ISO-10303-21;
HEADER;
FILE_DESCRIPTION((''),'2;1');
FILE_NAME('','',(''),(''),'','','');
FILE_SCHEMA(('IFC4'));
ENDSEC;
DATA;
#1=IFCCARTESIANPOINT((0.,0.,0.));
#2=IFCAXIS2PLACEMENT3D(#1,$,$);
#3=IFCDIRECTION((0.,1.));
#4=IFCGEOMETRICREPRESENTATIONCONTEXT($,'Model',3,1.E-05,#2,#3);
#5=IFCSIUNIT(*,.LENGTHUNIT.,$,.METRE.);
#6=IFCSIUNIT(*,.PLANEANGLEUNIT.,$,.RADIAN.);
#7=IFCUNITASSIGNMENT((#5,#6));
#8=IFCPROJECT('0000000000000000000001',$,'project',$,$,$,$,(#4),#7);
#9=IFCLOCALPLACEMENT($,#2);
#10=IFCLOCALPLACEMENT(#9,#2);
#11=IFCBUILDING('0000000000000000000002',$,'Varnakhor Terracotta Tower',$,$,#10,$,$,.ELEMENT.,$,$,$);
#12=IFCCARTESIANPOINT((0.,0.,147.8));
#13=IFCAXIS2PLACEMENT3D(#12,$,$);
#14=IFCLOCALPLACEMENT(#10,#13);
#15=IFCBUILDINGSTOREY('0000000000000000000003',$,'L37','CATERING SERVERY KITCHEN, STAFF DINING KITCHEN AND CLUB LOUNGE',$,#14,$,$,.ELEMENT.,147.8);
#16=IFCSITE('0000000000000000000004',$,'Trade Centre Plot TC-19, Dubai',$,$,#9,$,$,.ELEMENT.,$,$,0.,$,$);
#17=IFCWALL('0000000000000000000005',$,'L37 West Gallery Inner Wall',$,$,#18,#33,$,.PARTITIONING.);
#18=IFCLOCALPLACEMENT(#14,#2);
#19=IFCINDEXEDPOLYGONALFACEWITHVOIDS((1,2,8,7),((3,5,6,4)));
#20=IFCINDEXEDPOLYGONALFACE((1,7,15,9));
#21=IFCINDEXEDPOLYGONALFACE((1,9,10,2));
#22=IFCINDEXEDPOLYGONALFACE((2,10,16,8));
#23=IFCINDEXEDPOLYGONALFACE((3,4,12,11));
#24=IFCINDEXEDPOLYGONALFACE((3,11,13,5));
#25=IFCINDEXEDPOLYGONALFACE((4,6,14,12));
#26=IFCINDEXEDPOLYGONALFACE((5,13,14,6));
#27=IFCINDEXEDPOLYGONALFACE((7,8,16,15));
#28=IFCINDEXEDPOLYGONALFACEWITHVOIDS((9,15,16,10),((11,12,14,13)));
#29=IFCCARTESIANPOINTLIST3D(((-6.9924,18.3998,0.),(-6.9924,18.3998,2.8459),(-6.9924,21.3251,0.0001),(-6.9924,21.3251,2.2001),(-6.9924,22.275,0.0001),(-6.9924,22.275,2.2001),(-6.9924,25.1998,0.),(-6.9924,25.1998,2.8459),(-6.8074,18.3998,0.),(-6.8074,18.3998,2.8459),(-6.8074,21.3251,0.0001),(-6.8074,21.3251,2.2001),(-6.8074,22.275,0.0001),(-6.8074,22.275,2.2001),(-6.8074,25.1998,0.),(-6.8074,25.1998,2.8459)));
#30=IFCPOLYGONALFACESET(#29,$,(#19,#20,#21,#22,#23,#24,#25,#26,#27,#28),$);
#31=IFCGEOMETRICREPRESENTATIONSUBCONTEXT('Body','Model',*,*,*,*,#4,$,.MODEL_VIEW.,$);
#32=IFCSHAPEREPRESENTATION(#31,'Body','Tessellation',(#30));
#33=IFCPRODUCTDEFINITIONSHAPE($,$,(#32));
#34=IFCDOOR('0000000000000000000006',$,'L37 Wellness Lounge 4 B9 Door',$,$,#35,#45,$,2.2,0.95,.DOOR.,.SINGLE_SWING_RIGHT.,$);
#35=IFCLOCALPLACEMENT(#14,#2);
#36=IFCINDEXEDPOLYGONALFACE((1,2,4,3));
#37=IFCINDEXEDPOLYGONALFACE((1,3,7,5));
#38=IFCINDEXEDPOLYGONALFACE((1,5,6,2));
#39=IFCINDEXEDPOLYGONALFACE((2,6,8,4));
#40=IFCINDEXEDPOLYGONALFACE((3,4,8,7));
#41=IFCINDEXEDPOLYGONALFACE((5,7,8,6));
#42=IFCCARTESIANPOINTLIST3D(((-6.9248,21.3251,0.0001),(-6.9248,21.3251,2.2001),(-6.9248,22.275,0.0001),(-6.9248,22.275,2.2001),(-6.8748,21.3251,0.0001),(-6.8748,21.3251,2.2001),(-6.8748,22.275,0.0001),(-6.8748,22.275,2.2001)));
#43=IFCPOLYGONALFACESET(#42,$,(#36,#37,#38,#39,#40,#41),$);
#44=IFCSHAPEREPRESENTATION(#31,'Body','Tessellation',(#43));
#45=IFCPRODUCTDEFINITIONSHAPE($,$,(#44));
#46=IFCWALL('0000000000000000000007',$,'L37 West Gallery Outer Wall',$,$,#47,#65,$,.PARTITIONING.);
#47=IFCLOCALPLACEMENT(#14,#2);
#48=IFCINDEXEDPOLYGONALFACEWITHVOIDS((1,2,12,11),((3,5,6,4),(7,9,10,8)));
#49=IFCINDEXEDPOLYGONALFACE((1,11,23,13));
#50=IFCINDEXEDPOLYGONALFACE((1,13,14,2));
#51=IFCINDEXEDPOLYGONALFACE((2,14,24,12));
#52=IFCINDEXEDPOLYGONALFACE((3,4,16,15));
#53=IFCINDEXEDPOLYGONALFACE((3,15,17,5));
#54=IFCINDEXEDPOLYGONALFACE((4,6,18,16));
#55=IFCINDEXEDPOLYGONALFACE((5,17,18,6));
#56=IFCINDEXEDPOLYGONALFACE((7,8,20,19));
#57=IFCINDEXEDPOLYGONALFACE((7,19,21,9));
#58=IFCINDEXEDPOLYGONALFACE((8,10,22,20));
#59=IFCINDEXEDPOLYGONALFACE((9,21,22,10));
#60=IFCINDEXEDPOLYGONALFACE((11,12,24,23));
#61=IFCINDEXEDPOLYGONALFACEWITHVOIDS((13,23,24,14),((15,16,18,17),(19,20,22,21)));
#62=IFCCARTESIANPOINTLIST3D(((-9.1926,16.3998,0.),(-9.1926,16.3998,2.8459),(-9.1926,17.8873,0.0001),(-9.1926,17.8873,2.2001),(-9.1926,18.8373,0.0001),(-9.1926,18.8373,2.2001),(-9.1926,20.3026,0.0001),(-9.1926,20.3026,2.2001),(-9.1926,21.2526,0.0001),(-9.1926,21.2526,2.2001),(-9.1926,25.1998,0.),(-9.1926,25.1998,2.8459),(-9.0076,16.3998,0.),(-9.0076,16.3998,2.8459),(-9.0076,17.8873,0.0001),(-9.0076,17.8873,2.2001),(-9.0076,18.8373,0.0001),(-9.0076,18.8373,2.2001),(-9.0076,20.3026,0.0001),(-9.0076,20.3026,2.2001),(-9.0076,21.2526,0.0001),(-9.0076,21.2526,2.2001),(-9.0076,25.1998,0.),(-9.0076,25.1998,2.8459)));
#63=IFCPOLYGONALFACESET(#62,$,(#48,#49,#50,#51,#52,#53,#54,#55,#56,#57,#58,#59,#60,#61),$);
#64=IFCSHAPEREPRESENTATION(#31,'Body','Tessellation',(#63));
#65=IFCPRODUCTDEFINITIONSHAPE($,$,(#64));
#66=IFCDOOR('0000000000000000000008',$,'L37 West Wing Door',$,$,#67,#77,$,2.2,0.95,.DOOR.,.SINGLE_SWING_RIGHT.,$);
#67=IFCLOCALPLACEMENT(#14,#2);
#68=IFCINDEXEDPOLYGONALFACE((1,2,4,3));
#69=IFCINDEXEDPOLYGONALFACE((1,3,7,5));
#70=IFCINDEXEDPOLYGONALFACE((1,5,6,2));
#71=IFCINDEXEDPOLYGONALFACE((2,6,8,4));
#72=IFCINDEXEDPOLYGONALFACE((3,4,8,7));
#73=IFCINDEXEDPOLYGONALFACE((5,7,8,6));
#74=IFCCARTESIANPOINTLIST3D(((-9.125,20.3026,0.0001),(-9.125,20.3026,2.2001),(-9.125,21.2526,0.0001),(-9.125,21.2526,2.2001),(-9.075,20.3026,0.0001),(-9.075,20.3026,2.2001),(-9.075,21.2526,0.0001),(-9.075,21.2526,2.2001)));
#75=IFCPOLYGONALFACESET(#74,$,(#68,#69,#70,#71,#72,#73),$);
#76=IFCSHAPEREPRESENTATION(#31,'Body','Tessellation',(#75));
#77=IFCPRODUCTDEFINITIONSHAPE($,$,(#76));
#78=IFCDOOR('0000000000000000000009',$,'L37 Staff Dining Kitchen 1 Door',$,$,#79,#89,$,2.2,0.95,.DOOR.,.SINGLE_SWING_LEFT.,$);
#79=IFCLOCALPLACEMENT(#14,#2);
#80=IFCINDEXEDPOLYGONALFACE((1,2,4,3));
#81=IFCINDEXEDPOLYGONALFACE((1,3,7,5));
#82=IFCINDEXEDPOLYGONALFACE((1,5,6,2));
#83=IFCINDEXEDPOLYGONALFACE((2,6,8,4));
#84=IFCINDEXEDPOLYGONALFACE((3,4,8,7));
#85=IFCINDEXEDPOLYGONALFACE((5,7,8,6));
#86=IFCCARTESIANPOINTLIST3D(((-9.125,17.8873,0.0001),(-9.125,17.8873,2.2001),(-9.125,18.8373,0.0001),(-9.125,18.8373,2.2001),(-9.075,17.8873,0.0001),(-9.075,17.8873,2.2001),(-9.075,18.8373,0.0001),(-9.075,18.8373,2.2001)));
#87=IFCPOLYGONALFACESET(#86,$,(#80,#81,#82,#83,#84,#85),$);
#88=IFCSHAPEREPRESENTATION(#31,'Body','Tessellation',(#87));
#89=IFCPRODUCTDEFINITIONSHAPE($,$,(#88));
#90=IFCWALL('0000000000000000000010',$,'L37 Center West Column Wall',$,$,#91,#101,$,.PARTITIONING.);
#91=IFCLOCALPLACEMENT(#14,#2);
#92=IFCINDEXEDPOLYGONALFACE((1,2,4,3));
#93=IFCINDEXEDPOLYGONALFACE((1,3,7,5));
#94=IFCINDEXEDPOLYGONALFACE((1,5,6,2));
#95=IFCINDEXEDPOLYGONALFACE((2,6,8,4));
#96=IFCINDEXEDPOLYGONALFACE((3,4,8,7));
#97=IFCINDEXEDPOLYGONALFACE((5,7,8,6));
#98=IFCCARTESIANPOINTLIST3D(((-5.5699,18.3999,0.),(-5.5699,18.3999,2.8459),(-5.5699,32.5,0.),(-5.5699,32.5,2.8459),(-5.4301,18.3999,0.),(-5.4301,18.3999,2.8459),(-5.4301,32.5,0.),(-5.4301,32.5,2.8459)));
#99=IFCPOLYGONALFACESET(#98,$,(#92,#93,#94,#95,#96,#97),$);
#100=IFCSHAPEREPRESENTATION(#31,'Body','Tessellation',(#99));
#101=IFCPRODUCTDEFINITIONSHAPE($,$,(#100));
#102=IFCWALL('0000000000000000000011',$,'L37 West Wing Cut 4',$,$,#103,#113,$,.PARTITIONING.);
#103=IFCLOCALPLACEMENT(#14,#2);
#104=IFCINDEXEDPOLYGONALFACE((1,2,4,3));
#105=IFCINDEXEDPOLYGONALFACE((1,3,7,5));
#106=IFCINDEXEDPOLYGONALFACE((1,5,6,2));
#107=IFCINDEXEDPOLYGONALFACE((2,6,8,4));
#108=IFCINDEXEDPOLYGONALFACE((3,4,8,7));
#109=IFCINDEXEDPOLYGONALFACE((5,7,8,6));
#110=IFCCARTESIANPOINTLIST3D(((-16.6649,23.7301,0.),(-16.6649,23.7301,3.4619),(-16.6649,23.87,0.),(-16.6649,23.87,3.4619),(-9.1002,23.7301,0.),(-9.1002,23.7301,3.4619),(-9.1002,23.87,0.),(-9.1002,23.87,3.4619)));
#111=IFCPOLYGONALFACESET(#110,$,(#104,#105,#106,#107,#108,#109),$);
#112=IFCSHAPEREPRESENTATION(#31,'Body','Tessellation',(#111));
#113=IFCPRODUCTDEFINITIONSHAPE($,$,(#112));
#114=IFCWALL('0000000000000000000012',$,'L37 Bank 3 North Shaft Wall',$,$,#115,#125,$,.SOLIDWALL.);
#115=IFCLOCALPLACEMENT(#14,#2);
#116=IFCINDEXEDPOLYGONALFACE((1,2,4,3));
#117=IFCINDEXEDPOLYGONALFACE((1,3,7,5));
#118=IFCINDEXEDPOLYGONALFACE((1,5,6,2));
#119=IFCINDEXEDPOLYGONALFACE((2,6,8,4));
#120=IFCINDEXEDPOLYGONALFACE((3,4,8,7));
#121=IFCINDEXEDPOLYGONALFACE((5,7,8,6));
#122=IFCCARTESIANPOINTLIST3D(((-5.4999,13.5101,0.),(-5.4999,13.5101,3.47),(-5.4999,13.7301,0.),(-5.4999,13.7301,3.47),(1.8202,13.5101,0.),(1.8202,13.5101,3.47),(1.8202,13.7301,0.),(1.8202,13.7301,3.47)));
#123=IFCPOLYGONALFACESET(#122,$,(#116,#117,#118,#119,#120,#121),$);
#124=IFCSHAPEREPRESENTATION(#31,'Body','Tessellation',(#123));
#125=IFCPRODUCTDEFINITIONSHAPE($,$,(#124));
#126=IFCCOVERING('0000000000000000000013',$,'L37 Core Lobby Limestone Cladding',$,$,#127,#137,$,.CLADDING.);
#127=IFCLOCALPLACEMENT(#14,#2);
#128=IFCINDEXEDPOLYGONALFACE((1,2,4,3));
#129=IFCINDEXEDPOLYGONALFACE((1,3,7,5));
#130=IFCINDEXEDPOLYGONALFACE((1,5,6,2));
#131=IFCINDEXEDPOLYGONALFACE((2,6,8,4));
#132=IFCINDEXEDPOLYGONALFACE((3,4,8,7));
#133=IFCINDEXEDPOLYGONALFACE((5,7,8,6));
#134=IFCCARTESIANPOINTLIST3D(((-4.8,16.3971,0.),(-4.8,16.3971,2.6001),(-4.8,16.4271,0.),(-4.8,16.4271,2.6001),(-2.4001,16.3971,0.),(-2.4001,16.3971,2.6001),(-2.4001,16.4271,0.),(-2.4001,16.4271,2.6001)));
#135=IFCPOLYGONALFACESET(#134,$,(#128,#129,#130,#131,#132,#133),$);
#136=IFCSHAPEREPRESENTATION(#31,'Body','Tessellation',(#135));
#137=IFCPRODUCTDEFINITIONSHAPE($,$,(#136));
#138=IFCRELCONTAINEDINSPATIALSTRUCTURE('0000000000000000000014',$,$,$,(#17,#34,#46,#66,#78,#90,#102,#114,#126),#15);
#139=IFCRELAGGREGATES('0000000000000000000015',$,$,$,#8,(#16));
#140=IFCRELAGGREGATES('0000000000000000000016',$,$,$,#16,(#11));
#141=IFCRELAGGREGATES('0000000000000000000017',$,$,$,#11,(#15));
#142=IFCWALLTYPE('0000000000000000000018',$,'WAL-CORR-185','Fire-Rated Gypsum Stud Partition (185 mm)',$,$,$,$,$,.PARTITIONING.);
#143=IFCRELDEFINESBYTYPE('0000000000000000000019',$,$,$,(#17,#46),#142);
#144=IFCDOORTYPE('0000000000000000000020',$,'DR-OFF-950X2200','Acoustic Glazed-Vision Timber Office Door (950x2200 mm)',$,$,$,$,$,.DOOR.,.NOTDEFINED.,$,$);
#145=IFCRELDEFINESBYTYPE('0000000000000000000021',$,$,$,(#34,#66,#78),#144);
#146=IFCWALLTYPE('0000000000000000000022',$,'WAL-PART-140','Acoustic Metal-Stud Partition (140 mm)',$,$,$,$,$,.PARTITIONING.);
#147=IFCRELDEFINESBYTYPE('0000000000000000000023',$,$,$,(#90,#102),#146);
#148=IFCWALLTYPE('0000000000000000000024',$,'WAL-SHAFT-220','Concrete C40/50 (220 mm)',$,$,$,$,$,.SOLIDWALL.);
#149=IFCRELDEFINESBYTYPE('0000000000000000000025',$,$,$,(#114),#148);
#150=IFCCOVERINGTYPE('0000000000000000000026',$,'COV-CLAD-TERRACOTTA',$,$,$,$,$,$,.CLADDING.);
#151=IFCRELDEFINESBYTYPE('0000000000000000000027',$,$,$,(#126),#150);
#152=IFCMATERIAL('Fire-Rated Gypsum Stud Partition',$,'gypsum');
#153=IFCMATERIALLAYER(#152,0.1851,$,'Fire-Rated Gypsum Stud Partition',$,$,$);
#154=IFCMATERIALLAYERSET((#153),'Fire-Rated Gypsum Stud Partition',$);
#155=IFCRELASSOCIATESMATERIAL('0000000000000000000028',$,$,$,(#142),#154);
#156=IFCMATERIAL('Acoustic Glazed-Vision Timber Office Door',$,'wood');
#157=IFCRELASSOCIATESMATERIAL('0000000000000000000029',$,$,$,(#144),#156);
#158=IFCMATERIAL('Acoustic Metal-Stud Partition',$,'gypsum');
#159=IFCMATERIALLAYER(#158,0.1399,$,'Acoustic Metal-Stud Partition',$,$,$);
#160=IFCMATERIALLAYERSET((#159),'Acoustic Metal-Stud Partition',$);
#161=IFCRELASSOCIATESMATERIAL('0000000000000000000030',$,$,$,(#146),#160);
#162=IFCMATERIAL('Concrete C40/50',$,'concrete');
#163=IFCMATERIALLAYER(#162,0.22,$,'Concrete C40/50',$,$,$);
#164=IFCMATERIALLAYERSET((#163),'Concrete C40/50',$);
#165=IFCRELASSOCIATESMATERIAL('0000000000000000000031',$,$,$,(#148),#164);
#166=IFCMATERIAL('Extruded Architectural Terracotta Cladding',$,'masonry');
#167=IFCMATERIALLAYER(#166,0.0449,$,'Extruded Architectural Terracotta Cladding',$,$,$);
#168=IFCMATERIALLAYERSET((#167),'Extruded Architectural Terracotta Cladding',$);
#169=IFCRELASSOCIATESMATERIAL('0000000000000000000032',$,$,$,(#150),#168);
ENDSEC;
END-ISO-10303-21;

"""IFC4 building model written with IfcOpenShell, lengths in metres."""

from ifc_helpers import new_model, si_unit, direction, frame, frame_2d, origin, origin_2d, place, context, subcontext, project, spatial, rectangle, extrude, source, transform, mapped, material, layer, layer_set, type_object, type_shapes, element, fill, save


model = new_model("IFC4")

# Units and contexts
model_context = context("Model", 3, precision=1e-05, world=origin(), true_north=direction((0.0, 1.0)))
body_context = subcontext(model_context, "Body", "Model", "MODEL_VIEW")
ifc_project = project(units=[si_unit("LENGTHUNIT", "METRE"), si_unit("PLANEANGLEUNIT", "RADIAN")], contexts=[model_context])

# Site, building, storey
site_placement = place(None, origin())
site = spatial("IfcSite", under=ifc_project, at=site_placement, Name="Trade Centre Plot TC-19, Dubai", CompositionType="ELEMENT", RefElevation=0.0)
building_placement = place(site_placement, origin())
building = spatial("IfcBuilding", under=site, at=building_placement, Name="Varnakhor Terracotta Tower", CompositionType="ELEMENT")
storey_placement = place(building_placement, frame((0.0, 0.0, 147.8)))
storey = spatial("IfcBuildingStorey", under=building, at=storey_placement, Name="L37", Description="CATERING SERVERY KITCHEN, STAFF DINING KITCHEN AND CLUB LOUNGE", CompositionType="ELEMENT", Elevation=147.8)

# Wall, opening, door
ifc_material_1 = material(Name="Fire-Rated Gypsum Stud Partition", Category="gypsum")
ifc_layer_1 = layer(ifc_material_1, 0.1851, Name="Fire-Rated Gypsum Stud Partition")
ifc_layer_set_1 = layer_set([ifc_layer_1], Name="Fire-Rated Gypsum Stud Partition")
wall_type_1 = type_object("IfcWallType", Name="WAL-CORR-185", Description="Fire-Rated Gypsum Stud Partition (185 mm)", PredefinedType="PARTITIONING", material=ifc_layer_set_1)
ifc_material_2 = material(Name="Acoustic Glazed-Vision Timber Office Door", Category="wood")
door_type_1 = type_object("IfcDoorType", Name="DR-OFF-950X2200", Description="Acoustic Glazed-Vision Timber Office Door (950x2200 mm)", OperationType="NOTDEFINED", PredefinedType="DOOR", material=ifc_material_2)
shared_shape_1 = source(origin(), body_context, "Body", "SweptSolid", [
    extrude(rectangle(XDim=0.95, YDim=2.2, at=frame_2d((0.4751, 1.1001))), frame((0.0, 0.0249, 0.0), z_axis=(0.0, -1.0, 0.0), x_axis=(1.0, 0.0, 0.0)), (0.0, 0.0, 1.0), 0.05),
])
type_shapes(door_type_1, [shared_shape_1])
wall_1_placement = place(storey_placement, frame((-6.8999, 18.3999, 0.0), z_axis=(0.0, 0.0, 1.0), x_axis=(0.0, 1.0, 0.0)))
wall_1 = element("IfcWall", 1, at=wall_1_placement, inside=storey, type_object=wall_type_1, Name="L37 West Gallery Inner Wall", PredefinedType="PARTITIONING", context=body_context, shape_type="SweptSolid", body=[
    extrude(rectangle(XDim=6.8, YDim=0.1851, at=frame_2d((3.3999, 0.0))), origin(), (0.0, 0.0, 1.0), 2.8459),
])
opening_1_placement = place(wall_1_placement, frame((2.925, 0.0, 0.0)))
opening_1 = element("IfcOpeningElement", 2, at=opening_1_placement, cuts=wall_1, PredefinedType="OPENING", context=body_context, shape_type="SweptSolid", body=[
    extrude(rectangle(XDim=0.95, YDim=2.2, at=frame_2d((0.4751, 1.1001))), frame((0.0, 0.1025, 0.0), z_axis=(0.0, -1.0, 0.0), x_axis=(1.0, 0.0, 0.0)), (0.0, 0.0, 1.0), 0.2051),
])
door_1_placement = place(opening_1_placement, origin())
door_1 = element("IfcDoor", 3, at=door_1_placement, inside=storey, type_object=door_type_1, Name="L37 Wellness Lounge 4 B9 Door", OperationType="SINGLE_SWING_RIGHT", OverallHeight=2.2, OverallWidth=0.95, PredefinedType="DOOR", context=body_context, shape_type="MappedRepresentation", body=[
    mapped(shared_shape_1, transform((0.0, 0.0, 0.0), scale=1.0)),
])
fill(opening_1, door_1)

# Wall, openings, doors
wall_2_placement = place(storey_placement, frame((-9.1001, 16.3999, 0.0), z_axis=(0.0, 0.0, 1.0), x_axis=(0.0, 1.0, 0.0)))
wall_2 = element("IfcWall", 4, at=wall_2_placement, inside=storey, type_object=wall_type_1, Name="L37 West Gallery Outer Wall", PredefinedType="PARTITIONING", context=body_context, shape_type="SweptSolid", body=[
    extrude(rectangle(XDim=8.8, YDim=0.1851, at=frame_2d((4.3999, 0.0))), origin(), (0.0, 0.0, 1.0), 2.8459),
])
opening_2_placement = place(wall_2_placement, frame((3.9026, 0.0, 0.0)))
opening_2 = element("IfcOpeningElement", 5, at=opening_2_placement, cuts=wall_2, PredefinedType="OPENING", context=body_context, shape_type="SweptSolid", body=[
    extrude(rectangle(XDim=0.95, YDim=2.2, at=frame_2d((0.4751, 1.1001))), frame((0.0, 0.1025, 0.0), z_axis=(0.0, -1.0, 0.0), x_axis=(1.0, 0.0, 0.0)), (0.0, 0.0, 1.0), 0.2051),
])
opening_3_placement = place(wall_2_placement, frame((1.4873, 0.0, 0.0)))
opening_3 = element("IfcOpeningElement", 6, at=opening_3_placement, cuts=wall_2, PredefinedType="OPENING", context=body_context, shape_type="SweptSolid", body=[
    extrude(rectangle(XDim=0.95, YDim=2.2, at=frame_2d((0.4751, 1.1001))), frame((0.0, 0.1025, 0.0), z_axis=(0.0, -1.0, 0.0), x_axis=(1.0, 0.0, 0.0)), (0.0, 0.0, 1.0), 0.2051),
])
door_2_placement = place(opening_2_placement, origin())
door_2 = element("IfcDoor", 7, at=door_2_placement, inside=storey, type_object=door_type_1, Name="L37 West Wing Door", OperationType="SINGLE_SWING_RIGHT", OverallHeight=2.2, OverallWidth=0.95, PredefinedType="DOOR", context=body_context, shape_type="MappedRepresentation", body=[
    mapped(shared_shape_1, transform((0.0, 0.0, 0.0), scale=1.0)),
])
fill(opening_2, door_2)
door_3_placement = place(opening_3_placement, origin())
door_3 = element("IfcDoor", 8, at=door_3_placement, inside=storey, type_object=door_type_1, Name="L37 Staff Dining Kitchen 1 Door", OperationType="SINGLE_SWING_LEFT", OverallHeight=2.2, OverallWidth=0.95, PredefinedType="DOOR", context=body_context, shape_type="MappedRepresentation", body=[
    mapped(shared_shape_1, transform((0.0, 0.0, 0.0), scale=1.0)),
])
fill(opening_3, door_3)

# Walls
ifc_material_3 = material(Name="Acoustic Metal-Stud Partition", Category="gypsum")
ifc_layer_2 = layer(ifc_material_3, 0.1399, Name="Acoustic Metal-Stud Partition")
ifc_layer_set_2 = layer_set([ifc_layer_2], Name="Acoustic Metal-Stud Partition")
wall_type_2 = type_object("IfcWallType", Name="WAL-PART-140", Description="Acoustic Metal-Stud Partition (140 mm)", PredefinedType="PARTITIONING", material=ifc_layer_set_2)
wall_3_placement = place(storey_placement, frame((-5.5, 18.3999, 0.0), z_axis=(0.0, 0.0, 1.0), x_axis=(0.0, 1.0, 0.0)))
element("IfcWall", 9, at=wall_3_placement, inside=storey, type_object=wall_type_2, Name="L37 Center West Column Wall", PredefinedType="PARTITIONING", context=body_context, shape_type="SweptSolid", body=[
    extrude(rectangle(XDim=14.1001, YDim=0.1399, at=frame_2d((7.05, 0.0))), origin(), (0.0, 0.0, 1.0), 2.8459),
])
wall_4_placement = place(storey_placement, frame((-16.6648, 23.8, 0.0), z_axis=(0.0, 0.0, 1.0), x_axis=(1.0, 0.0, 0.0)))
element("IfcWall", 10, at=wall_4_placement, inside=storey, type_object=wall_type_2, Name="L37 West Wing Cut 4", PredefinedType="PARTITIONING", context=body_context, shape_type="SweptSolid", body=[
    extrude(rectangle(XDim=7.5647, YDim=0.1399, at=frame_2d((3.7822, 0.0))), origin(), (0.0, 0.0, 1.0), 3.4619),
])
ifc_material_4 = material(Name="Concrete C40/50", Category="concrete")
ifc_layer_3 = layer(ifc_material_4, 0.22, Name="Concrete C40/50")
ifc_layer_set_3 = layer_set([ifc_layer_3], Name="Concrete C40/50")
wall_type_3 = type_object("IfcWallType", Name="WAL-SHAFT-220", Description="Concrete C40/50 (220 mm)", PredefinedType="SOLIDWALL", material=ifc_layer_set_3)
wall_5_placement = place(storey_placement, frame((-5.5, 13.6201, 0.0), z_axis=(0.0, 0.0, 1.0), x_axis=(1.0, 0.0, 0.0)))
element("IfcWall", 11, at=wall_5_placement, inside=storey, type_object=wall_type_3, Name="L37 Bank 3 North Shaft Wall", PredefinedType="SOLIDWALL", context=body_context, shape_type="SweptSolid", body=[
    extrude(rectangle(XDim=7.3201, YDim=0.22, at=frame_2d((3.6602, 0.0))), origin(), (0.0, 0.0, 1.0), 3.47),
])

# Covering
ifc_material_5 = material(Name="Extruded Architectural Terracotta Cladding", Category="masonry")
ifc_layer_4 = layer(ifc_material_5, 0.0449, Name="Extruded Architectural Terracotta Cladding")
ifc_layer_set_4 = layer_set([ifc_layer_4], Name="Extruded Architectural Terracotta Cladding")
covering_type = type_object("IfcCoveringType", Name="COV-CLAD-TERRACOTTA", PredefinedType="CLADDING", material=ifc_layer_set_4)
shared_shape_2 = source(origin(), body_context, "Body", "SweptSolid", [
    extrude(rectangle(XDim=2.3999, YDim=0.03, at=origin_2d()), origin(), (0.0, 0.0, 1.0), 2.6001),
])
type_shapes(covering_type, [shared_shape_2])
covering_placement = place(storey_placement, frame((-3.6001, 16.4121, 0.0), z_axis=(0.0, 0.0, 1.0), x_axis=(1.0, 0.0, 0.0)))
element("IfcCovering", 12, at=covering_placement, inside=storey, type_object=covering_type, Name="L37 Core Lobby Limestone Cladding", PredefinedType="CLADDING", context=body_context, shape_type="MappedRepresentation", body=[
    mapped(shared_shape_2, transform((0.0, 0.0, 0.0), scale=1.0)),
])

save(model, "model.ifc")
